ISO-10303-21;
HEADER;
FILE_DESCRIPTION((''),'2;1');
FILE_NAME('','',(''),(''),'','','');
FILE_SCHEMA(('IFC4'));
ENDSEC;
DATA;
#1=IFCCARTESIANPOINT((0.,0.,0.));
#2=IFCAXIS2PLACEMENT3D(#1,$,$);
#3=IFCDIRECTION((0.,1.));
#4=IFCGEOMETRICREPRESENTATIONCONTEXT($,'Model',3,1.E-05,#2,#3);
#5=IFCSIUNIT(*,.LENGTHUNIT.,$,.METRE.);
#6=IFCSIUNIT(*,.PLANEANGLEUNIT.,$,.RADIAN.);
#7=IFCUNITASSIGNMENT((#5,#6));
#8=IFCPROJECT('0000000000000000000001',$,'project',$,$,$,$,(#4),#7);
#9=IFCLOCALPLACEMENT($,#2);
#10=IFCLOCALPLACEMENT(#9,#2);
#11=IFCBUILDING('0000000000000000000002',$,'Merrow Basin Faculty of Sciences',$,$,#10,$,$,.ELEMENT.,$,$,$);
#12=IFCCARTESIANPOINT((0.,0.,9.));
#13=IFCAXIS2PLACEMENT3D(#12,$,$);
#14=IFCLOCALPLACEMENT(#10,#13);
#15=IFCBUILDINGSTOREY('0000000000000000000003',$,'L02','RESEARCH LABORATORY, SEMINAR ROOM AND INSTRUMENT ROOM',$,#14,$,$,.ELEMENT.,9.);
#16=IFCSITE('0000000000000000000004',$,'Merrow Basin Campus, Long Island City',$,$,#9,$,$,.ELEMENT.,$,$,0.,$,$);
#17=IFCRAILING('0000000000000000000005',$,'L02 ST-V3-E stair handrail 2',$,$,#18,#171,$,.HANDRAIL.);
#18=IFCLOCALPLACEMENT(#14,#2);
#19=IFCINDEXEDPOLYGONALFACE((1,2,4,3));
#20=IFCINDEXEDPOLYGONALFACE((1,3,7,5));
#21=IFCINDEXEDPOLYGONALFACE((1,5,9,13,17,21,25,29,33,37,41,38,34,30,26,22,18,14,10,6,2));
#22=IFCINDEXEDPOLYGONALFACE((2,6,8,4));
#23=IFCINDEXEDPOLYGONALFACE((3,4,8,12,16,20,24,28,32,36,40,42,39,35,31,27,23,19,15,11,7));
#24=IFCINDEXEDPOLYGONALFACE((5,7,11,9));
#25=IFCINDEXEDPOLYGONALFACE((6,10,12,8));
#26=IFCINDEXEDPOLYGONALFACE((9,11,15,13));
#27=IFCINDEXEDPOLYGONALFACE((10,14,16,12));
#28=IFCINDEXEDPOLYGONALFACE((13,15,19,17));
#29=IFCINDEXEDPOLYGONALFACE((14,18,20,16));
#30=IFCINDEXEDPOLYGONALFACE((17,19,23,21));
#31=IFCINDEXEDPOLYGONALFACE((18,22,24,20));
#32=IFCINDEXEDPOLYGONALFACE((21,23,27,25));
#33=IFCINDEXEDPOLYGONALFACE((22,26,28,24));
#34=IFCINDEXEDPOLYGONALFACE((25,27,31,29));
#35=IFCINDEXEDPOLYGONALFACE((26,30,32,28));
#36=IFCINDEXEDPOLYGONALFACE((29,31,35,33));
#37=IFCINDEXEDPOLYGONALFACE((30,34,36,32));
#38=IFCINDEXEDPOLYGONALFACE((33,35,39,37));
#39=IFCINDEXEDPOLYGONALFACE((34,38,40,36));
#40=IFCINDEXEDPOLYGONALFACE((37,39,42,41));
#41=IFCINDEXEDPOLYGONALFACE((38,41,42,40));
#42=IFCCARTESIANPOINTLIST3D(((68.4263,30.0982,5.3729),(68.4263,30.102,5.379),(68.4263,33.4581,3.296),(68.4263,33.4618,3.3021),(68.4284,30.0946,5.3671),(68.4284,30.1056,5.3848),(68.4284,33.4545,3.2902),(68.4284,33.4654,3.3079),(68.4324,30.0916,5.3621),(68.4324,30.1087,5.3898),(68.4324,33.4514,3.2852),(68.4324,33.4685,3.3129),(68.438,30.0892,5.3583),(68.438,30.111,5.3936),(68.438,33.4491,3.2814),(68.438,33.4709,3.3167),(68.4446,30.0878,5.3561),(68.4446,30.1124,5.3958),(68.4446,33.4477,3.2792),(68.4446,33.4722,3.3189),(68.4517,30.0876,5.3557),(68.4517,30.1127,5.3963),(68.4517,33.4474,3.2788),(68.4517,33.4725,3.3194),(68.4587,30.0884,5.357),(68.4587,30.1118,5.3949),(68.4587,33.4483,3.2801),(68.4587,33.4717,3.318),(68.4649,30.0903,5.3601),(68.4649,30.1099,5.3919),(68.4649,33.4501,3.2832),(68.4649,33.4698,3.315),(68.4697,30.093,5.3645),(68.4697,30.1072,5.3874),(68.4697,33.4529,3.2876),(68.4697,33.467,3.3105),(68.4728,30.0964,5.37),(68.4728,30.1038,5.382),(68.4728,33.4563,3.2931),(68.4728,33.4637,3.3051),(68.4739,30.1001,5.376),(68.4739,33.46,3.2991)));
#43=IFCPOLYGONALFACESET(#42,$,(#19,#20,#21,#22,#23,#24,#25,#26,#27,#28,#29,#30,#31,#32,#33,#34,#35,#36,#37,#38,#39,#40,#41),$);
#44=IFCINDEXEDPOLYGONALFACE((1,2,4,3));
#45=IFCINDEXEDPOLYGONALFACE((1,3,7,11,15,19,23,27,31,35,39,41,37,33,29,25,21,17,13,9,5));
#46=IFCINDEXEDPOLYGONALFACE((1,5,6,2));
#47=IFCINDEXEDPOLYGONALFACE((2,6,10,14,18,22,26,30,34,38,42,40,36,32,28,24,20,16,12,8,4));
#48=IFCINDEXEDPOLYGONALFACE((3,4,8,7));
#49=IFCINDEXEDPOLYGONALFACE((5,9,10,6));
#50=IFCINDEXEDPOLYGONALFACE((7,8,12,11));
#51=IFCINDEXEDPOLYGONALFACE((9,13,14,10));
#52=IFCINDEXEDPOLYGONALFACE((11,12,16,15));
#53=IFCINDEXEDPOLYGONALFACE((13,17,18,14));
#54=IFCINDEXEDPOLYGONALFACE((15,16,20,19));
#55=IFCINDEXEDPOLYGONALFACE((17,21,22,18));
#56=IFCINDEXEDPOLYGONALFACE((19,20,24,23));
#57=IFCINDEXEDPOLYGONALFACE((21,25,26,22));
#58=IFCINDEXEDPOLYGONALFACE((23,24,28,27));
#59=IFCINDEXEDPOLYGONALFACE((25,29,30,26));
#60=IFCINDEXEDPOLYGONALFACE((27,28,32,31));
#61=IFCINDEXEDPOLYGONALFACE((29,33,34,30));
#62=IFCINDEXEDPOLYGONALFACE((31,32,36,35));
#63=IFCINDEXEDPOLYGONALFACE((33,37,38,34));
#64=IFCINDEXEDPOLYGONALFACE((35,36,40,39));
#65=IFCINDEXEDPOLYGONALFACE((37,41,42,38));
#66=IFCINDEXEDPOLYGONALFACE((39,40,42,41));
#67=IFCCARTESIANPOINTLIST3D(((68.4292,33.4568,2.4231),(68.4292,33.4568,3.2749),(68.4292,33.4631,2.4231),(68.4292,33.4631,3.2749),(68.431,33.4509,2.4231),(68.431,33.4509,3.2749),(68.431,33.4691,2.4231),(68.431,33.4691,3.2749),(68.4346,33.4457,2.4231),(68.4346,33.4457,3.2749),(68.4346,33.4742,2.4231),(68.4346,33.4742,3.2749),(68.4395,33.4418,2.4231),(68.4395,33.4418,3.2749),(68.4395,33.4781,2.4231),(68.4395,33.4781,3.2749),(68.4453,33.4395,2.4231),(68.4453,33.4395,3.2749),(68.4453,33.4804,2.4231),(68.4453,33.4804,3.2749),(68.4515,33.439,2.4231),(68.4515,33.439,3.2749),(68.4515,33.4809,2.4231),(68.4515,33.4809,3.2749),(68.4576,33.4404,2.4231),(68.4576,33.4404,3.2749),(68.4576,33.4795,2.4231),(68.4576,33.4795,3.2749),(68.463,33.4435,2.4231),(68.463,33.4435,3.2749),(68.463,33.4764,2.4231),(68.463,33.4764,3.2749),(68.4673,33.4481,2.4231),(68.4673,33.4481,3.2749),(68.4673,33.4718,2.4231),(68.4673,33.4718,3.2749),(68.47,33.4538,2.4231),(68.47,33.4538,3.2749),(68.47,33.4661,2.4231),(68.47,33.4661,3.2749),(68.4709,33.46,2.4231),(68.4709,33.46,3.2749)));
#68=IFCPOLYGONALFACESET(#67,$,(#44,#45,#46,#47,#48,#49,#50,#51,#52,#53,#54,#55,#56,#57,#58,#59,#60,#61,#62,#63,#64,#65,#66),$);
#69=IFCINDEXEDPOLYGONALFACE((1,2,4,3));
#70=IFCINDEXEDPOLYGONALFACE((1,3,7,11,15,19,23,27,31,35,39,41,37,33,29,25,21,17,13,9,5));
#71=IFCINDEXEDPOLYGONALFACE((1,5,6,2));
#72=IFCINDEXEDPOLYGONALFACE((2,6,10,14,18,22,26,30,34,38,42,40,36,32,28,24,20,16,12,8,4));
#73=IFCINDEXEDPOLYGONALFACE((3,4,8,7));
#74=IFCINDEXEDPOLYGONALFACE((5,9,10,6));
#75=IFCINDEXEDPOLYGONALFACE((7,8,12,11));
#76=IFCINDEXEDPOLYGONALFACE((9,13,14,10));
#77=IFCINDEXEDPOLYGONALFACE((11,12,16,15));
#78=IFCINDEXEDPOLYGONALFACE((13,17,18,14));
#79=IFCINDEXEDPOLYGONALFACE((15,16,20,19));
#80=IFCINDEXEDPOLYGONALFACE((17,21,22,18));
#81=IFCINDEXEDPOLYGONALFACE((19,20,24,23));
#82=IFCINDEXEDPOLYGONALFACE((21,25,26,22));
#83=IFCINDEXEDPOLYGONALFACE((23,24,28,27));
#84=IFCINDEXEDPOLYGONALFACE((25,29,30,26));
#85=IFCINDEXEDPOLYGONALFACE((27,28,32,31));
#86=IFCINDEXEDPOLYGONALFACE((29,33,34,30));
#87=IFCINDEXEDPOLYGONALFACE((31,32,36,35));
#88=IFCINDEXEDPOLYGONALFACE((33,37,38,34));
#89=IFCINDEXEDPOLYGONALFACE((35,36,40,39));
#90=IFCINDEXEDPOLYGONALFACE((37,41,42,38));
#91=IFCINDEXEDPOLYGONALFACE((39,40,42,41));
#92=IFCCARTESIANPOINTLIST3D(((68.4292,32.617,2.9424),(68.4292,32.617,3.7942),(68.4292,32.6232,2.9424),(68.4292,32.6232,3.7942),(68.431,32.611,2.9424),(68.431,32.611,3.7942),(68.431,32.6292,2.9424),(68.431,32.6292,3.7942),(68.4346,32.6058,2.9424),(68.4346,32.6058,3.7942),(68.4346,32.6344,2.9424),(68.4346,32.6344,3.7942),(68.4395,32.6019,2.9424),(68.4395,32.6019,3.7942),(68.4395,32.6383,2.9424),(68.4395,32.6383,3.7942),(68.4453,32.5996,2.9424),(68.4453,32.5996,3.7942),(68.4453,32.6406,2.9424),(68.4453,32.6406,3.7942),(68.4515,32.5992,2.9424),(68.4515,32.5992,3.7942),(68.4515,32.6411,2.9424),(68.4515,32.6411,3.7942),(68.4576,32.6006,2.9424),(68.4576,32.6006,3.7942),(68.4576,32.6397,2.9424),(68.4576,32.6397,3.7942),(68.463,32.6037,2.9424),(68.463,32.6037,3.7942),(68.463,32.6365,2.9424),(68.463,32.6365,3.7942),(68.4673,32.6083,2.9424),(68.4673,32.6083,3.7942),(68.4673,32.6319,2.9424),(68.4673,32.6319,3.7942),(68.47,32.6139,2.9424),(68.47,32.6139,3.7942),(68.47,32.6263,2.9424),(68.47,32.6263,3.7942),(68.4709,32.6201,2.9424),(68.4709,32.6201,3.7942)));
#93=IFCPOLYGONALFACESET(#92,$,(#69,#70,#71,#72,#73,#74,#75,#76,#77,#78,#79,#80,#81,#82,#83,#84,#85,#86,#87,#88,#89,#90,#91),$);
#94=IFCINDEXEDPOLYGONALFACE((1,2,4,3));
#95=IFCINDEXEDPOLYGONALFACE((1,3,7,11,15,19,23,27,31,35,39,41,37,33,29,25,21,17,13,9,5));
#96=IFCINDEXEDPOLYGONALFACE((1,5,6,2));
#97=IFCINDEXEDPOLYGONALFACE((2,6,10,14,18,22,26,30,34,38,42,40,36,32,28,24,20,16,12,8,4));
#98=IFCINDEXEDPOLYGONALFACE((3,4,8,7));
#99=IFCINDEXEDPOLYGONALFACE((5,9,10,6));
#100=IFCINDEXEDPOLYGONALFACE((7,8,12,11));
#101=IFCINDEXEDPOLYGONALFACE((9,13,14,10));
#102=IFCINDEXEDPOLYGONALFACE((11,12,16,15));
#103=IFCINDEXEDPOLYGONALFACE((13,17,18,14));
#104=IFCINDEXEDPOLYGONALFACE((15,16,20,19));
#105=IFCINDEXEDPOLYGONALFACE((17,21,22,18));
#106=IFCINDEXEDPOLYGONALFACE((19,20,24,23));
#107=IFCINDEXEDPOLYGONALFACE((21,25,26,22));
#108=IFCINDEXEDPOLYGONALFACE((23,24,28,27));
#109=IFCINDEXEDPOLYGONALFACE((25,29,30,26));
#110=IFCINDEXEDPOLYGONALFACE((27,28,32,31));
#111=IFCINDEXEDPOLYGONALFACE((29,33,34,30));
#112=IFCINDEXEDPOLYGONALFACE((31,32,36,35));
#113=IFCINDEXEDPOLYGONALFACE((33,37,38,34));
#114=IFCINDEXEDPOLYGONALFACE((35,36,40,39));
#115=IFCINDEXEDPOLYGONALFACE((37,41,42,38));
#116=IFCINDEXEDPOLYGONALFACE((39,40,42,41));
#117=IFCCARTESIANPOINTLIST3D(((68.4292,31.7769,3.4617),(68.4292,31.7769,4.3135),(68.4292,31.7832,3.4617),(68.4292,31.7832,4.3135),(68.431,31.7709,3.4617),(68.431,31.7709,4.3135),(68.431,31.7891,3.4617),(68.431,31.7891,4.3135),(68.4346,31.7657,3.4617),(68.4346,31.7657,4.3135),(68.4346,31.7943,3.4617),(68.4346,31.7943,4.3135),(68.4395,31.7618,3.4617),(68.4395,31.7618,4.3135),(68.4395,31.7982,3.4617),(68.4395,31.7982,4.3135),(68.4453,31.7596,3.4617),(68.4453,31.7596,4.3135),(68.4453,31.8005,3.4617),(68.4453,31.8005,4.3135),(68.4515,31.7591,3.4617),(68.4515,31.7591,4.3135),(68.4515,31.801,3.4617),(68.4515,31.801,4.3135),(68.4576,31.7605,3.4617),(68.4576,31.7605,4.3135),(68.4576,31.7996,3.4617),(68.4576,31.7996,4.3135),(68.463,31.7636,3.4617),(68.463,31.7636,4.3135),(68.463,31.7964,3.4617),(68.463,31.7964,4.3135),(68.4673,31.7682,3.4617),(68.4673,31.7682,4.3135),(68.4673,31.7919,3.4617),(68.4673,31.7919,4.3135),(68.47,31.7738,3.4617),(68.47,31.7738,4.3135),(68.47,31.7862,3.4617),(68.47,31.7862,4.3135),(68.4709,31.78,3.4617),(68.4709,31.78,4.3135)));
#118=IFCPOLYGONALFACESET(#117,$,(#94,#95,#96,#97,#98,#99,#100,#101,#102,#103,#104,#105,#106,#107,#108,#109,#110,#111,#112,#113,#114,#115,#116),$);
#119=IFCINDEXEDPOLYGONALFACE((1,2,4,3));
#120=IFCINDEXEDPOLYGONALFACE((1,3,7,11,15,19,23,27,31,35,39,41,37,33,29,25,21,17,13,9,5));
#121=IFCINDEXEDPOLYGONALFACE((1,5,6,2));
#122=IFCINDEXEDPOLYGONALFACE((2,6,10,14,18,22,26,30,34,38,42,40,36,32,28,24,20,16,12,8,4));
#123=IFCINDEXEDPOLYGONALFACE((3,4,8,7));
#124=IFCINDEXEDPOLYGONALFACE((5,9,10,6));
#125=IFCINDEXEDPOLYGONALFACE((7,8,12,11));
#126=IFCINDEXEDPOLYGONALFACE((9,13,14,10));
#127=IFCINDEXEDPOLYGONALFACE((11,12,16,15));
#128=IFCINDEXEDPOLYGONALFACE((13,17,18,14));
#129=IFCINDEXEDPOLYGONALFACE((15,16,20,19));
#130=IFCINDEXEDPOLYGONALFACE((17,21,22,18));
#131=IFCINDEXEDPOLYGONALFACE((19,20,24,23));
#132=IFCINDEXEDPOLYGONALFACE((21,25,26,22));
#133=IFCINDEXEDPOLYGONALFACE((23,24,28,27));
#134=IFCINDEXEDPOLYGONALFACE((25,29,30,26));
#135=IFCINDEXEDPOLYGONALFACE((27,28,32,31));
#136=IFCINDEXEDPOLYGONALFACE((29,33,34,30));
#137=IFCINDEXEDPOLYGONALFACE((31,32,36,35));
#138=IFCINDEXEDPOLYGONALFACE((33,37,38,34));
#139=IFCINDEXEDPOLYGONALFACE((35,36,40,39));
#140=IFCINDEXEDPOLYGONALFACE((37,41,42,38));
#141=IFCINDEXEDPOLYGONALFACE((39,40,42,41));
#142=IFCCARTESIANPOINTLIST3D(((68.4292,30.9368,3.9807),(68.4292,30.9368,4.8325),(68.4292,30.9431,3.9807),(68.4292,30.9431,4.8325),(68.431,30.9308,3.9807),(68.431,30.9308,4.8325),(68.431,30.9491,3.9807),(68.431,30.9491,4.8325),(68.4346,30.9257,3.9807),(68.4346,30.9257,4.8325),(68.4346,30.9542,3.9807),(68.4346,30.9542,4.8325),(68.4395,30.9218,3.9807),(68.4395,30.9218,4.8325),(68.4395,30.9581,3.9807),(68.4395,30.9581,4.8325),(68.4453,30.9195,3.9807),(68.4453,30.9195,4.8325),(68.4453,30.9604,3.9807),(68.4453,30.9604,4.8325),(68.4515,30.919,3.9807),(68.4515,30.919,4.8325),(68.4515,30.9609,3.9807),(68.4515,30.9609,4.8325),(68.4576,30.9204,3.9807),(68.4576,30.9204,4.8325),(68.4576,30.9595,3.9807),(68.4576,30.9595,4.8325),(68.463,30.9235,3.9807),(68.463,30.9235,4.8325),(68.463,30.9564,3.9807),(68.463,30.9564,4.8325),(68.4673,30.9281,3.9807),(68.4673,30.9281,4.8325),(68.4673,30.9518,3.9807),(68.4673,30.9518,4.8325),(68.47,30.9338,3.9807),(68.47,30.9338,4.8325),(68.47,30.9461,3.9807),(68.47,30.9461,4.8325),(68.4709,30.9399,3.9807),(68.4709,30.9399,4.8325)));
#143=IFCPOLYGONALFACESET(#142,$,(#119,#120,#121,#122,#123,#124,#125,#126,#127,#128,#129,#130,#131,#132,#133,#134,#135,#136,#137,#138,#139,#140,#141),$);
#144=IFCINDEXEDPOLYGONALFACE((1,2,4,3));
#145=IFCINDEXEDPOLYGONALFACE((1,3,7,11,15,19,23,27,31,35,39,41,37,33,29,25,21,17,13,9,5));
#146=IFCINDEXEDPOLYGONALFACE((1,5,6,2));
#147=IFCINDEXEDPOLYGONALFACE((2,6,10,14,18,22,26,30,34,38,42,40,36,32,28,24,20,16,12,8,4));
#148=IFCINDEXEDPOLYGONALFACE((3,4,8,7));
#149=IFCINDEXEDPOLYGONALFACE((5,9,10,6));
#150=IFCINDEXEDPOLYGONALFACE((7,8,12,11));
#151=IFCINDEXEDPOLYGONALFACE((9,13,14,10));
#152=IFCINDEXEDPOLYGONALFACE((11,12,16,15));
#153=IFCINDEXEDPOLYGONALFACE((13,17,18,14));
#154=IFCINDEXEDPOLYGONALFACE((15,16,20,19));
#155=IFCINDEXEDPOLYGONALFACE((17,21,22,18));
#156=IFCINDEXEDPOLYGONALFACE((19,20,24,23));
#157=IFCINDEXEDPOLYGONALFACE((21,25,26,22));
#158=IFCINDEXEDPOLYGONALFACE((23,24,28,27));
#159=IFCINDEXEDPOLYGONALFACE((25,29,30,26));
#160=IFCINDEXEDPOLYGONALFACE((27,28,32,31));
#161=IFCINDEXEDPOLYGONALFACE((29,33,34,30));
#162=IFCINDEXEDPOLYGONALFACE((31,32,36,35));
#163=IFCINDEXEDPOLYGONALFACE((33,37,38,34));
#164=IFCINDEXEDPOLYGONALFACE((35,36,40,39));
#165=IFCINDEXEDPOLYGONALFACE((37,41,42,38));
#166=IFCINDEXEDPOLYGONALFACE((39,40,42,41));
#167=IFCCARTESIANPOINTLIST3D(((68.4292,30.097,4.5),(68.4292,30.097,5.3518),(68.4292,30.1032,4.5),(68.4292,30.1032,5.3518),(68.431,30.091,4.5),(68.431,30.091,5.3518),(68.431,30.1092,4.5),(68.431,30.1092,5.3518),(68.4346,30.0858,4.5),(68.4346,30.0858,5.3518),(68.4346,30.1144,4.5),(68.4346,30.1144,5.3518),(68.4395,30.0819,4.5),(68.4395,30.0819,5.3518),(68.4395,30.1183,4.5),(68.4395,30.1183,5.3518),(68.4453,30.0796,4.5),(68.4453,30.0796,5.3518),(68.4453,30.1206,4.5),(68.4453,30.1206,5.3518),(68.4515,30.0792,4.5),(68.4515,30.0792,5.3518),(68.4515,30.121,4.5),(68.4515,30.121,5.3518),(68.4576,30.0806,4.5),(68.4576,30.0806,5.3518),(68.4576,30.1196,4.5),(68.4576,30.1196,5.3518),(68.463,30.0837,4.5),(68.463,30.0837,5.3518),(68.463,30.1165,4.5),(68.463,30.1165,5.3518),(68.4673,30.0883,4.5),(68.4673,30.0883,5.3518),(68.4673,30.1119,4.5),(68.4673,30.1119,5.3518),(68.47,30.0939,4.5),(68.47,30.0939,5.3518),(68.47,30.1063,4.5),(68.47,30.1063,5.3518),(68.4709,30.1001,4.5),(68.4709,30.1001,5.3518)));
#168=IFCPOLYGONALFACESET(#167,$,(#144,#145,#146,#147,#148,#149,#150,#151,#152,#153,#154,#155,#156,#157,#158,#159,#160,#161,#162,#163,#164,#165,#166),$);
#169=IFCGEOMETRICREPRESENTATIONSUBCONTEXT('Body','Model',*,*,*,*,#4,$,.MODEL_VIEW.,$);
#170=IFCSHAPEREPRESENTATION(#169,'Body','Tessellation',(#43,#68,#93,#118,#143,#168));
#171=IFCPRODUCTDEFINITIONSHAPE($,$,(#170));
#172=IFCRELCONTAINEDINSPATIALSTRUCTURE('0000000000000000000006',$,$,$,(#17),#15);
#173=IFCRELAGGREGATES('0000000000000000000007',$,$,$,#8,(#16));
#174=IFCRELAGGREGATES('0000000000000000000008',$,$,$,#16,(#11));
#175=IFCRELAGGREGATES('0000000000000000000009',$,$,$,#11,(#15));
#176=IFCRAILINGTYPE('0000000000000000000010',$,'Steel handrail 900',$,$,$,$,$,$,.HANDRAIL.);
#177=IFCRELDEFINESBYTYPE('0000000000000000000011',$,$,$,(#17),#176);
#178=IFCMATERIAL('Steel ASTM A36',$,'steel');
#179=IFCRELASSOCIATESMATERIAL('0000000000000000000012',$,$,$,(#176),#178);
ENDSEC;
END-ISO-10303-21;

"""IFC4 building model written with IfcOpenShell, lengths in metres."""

from ifc_helpers import new_model, si_unit, direction, frame, origin, origin_2d, place, context, subcontext, project, spatial, circle, extrude, material, type_object, element, save


model = new_model("IFC4")

# Units and contexts
model_context = context("Model", 3, precision=1e-05, world=origin(), true_north=direction((0.0, 1.0)))
body_context = subcontext(model_context, "Body", "Model", "MODEL_VIEW")
ifc_project = project(units=[si_unit("LENGTHUNIT", "METRE"), si_unit("PLANEANGLEUNIT", "RADIAN")], contexts=[model_context])

# Site, building, storey
site_placement = place(None, origin())
site = spatial("IfcSite", under=ifc_project, at=site_placement, Name="Merrow Basin Campus, Long Island City", CompositionType="ELEMENT", RefElevation=0.0)
building_placement = place(site_placement, origin())
building = spatial("IfcBuilding", under=site, at=building_placement, Name="Merrow Basin Faculty of Sciences", CompositionType="ELEMENT")
storey_placement = place(building_placement, frame((0.0, 0.0, 9.0)))
storey = spatial("IfcBuildingStorey", under=building, at=storey_placement, Name="L02", Description="RESEARCH LABORATORY, SEMINAR ROOM AND INSTRUMENT ROOM", CompositionType="ELEMENT", Elevation=9.0)

# Railing
ifc_material_1 = material(Name="Steel ASTM A36", Category="steel")
railing_type_1 = type_object("IfcRailingType", Name="Steel handrail 900", PredefinedType="HANDRAIL", material=ifc_material_1)
railing_1_placement = place(storey_placement, frame((68.45, 33.46, 2.4231)))
element("IfcRailing", 1, at=railing_1_placement, inside=storey, type_object=railing_type_1, Name="L02 ST-V3-E stair handrail 2", PredefinedType="HANDRAIL", context=body_context, shape_type="SweptSolid", body=[
    extrude(circle(Radius=0.0239, at=origin_2d()), frame((0.0, 0.0, 0.876), z_axis=(0.0, -0.850606, 0.525803), x_axis=(1.0, 0.0, 0.0)), (0.0, 0.0, 1.0), 3.95),
    extrude(circle(Radius=0.021, at=origin_2d()), origin(), (0.0, 0.0, 1.0), 0.8518),
    extrude(circle(Radius=0.021, at=origin_2d()), frame((0.0, -0.8398, 0.5193)), (0.0, 0.0, 1.0), 0.8518),
    extrude(circle(Radius=0.021, at=origin_2d()), frame((0.0, -1.6799, 1.0386)), (0.0, 0.0, 1.0), 0.8518),
    extrude(circle(Radius=0.021, at=origin_2d()), frame((0.0, -2.52, 1.5576)), (0.0, 0.0, 1.0), 0.8518),
    extrude(circle(Radius=0.021, at=origin_2d()), frame((0.0, -3.3599, 2.0769)), (0.0, 0.0, 1.0), 0.8518),
])

save(model, "model.ifc")
